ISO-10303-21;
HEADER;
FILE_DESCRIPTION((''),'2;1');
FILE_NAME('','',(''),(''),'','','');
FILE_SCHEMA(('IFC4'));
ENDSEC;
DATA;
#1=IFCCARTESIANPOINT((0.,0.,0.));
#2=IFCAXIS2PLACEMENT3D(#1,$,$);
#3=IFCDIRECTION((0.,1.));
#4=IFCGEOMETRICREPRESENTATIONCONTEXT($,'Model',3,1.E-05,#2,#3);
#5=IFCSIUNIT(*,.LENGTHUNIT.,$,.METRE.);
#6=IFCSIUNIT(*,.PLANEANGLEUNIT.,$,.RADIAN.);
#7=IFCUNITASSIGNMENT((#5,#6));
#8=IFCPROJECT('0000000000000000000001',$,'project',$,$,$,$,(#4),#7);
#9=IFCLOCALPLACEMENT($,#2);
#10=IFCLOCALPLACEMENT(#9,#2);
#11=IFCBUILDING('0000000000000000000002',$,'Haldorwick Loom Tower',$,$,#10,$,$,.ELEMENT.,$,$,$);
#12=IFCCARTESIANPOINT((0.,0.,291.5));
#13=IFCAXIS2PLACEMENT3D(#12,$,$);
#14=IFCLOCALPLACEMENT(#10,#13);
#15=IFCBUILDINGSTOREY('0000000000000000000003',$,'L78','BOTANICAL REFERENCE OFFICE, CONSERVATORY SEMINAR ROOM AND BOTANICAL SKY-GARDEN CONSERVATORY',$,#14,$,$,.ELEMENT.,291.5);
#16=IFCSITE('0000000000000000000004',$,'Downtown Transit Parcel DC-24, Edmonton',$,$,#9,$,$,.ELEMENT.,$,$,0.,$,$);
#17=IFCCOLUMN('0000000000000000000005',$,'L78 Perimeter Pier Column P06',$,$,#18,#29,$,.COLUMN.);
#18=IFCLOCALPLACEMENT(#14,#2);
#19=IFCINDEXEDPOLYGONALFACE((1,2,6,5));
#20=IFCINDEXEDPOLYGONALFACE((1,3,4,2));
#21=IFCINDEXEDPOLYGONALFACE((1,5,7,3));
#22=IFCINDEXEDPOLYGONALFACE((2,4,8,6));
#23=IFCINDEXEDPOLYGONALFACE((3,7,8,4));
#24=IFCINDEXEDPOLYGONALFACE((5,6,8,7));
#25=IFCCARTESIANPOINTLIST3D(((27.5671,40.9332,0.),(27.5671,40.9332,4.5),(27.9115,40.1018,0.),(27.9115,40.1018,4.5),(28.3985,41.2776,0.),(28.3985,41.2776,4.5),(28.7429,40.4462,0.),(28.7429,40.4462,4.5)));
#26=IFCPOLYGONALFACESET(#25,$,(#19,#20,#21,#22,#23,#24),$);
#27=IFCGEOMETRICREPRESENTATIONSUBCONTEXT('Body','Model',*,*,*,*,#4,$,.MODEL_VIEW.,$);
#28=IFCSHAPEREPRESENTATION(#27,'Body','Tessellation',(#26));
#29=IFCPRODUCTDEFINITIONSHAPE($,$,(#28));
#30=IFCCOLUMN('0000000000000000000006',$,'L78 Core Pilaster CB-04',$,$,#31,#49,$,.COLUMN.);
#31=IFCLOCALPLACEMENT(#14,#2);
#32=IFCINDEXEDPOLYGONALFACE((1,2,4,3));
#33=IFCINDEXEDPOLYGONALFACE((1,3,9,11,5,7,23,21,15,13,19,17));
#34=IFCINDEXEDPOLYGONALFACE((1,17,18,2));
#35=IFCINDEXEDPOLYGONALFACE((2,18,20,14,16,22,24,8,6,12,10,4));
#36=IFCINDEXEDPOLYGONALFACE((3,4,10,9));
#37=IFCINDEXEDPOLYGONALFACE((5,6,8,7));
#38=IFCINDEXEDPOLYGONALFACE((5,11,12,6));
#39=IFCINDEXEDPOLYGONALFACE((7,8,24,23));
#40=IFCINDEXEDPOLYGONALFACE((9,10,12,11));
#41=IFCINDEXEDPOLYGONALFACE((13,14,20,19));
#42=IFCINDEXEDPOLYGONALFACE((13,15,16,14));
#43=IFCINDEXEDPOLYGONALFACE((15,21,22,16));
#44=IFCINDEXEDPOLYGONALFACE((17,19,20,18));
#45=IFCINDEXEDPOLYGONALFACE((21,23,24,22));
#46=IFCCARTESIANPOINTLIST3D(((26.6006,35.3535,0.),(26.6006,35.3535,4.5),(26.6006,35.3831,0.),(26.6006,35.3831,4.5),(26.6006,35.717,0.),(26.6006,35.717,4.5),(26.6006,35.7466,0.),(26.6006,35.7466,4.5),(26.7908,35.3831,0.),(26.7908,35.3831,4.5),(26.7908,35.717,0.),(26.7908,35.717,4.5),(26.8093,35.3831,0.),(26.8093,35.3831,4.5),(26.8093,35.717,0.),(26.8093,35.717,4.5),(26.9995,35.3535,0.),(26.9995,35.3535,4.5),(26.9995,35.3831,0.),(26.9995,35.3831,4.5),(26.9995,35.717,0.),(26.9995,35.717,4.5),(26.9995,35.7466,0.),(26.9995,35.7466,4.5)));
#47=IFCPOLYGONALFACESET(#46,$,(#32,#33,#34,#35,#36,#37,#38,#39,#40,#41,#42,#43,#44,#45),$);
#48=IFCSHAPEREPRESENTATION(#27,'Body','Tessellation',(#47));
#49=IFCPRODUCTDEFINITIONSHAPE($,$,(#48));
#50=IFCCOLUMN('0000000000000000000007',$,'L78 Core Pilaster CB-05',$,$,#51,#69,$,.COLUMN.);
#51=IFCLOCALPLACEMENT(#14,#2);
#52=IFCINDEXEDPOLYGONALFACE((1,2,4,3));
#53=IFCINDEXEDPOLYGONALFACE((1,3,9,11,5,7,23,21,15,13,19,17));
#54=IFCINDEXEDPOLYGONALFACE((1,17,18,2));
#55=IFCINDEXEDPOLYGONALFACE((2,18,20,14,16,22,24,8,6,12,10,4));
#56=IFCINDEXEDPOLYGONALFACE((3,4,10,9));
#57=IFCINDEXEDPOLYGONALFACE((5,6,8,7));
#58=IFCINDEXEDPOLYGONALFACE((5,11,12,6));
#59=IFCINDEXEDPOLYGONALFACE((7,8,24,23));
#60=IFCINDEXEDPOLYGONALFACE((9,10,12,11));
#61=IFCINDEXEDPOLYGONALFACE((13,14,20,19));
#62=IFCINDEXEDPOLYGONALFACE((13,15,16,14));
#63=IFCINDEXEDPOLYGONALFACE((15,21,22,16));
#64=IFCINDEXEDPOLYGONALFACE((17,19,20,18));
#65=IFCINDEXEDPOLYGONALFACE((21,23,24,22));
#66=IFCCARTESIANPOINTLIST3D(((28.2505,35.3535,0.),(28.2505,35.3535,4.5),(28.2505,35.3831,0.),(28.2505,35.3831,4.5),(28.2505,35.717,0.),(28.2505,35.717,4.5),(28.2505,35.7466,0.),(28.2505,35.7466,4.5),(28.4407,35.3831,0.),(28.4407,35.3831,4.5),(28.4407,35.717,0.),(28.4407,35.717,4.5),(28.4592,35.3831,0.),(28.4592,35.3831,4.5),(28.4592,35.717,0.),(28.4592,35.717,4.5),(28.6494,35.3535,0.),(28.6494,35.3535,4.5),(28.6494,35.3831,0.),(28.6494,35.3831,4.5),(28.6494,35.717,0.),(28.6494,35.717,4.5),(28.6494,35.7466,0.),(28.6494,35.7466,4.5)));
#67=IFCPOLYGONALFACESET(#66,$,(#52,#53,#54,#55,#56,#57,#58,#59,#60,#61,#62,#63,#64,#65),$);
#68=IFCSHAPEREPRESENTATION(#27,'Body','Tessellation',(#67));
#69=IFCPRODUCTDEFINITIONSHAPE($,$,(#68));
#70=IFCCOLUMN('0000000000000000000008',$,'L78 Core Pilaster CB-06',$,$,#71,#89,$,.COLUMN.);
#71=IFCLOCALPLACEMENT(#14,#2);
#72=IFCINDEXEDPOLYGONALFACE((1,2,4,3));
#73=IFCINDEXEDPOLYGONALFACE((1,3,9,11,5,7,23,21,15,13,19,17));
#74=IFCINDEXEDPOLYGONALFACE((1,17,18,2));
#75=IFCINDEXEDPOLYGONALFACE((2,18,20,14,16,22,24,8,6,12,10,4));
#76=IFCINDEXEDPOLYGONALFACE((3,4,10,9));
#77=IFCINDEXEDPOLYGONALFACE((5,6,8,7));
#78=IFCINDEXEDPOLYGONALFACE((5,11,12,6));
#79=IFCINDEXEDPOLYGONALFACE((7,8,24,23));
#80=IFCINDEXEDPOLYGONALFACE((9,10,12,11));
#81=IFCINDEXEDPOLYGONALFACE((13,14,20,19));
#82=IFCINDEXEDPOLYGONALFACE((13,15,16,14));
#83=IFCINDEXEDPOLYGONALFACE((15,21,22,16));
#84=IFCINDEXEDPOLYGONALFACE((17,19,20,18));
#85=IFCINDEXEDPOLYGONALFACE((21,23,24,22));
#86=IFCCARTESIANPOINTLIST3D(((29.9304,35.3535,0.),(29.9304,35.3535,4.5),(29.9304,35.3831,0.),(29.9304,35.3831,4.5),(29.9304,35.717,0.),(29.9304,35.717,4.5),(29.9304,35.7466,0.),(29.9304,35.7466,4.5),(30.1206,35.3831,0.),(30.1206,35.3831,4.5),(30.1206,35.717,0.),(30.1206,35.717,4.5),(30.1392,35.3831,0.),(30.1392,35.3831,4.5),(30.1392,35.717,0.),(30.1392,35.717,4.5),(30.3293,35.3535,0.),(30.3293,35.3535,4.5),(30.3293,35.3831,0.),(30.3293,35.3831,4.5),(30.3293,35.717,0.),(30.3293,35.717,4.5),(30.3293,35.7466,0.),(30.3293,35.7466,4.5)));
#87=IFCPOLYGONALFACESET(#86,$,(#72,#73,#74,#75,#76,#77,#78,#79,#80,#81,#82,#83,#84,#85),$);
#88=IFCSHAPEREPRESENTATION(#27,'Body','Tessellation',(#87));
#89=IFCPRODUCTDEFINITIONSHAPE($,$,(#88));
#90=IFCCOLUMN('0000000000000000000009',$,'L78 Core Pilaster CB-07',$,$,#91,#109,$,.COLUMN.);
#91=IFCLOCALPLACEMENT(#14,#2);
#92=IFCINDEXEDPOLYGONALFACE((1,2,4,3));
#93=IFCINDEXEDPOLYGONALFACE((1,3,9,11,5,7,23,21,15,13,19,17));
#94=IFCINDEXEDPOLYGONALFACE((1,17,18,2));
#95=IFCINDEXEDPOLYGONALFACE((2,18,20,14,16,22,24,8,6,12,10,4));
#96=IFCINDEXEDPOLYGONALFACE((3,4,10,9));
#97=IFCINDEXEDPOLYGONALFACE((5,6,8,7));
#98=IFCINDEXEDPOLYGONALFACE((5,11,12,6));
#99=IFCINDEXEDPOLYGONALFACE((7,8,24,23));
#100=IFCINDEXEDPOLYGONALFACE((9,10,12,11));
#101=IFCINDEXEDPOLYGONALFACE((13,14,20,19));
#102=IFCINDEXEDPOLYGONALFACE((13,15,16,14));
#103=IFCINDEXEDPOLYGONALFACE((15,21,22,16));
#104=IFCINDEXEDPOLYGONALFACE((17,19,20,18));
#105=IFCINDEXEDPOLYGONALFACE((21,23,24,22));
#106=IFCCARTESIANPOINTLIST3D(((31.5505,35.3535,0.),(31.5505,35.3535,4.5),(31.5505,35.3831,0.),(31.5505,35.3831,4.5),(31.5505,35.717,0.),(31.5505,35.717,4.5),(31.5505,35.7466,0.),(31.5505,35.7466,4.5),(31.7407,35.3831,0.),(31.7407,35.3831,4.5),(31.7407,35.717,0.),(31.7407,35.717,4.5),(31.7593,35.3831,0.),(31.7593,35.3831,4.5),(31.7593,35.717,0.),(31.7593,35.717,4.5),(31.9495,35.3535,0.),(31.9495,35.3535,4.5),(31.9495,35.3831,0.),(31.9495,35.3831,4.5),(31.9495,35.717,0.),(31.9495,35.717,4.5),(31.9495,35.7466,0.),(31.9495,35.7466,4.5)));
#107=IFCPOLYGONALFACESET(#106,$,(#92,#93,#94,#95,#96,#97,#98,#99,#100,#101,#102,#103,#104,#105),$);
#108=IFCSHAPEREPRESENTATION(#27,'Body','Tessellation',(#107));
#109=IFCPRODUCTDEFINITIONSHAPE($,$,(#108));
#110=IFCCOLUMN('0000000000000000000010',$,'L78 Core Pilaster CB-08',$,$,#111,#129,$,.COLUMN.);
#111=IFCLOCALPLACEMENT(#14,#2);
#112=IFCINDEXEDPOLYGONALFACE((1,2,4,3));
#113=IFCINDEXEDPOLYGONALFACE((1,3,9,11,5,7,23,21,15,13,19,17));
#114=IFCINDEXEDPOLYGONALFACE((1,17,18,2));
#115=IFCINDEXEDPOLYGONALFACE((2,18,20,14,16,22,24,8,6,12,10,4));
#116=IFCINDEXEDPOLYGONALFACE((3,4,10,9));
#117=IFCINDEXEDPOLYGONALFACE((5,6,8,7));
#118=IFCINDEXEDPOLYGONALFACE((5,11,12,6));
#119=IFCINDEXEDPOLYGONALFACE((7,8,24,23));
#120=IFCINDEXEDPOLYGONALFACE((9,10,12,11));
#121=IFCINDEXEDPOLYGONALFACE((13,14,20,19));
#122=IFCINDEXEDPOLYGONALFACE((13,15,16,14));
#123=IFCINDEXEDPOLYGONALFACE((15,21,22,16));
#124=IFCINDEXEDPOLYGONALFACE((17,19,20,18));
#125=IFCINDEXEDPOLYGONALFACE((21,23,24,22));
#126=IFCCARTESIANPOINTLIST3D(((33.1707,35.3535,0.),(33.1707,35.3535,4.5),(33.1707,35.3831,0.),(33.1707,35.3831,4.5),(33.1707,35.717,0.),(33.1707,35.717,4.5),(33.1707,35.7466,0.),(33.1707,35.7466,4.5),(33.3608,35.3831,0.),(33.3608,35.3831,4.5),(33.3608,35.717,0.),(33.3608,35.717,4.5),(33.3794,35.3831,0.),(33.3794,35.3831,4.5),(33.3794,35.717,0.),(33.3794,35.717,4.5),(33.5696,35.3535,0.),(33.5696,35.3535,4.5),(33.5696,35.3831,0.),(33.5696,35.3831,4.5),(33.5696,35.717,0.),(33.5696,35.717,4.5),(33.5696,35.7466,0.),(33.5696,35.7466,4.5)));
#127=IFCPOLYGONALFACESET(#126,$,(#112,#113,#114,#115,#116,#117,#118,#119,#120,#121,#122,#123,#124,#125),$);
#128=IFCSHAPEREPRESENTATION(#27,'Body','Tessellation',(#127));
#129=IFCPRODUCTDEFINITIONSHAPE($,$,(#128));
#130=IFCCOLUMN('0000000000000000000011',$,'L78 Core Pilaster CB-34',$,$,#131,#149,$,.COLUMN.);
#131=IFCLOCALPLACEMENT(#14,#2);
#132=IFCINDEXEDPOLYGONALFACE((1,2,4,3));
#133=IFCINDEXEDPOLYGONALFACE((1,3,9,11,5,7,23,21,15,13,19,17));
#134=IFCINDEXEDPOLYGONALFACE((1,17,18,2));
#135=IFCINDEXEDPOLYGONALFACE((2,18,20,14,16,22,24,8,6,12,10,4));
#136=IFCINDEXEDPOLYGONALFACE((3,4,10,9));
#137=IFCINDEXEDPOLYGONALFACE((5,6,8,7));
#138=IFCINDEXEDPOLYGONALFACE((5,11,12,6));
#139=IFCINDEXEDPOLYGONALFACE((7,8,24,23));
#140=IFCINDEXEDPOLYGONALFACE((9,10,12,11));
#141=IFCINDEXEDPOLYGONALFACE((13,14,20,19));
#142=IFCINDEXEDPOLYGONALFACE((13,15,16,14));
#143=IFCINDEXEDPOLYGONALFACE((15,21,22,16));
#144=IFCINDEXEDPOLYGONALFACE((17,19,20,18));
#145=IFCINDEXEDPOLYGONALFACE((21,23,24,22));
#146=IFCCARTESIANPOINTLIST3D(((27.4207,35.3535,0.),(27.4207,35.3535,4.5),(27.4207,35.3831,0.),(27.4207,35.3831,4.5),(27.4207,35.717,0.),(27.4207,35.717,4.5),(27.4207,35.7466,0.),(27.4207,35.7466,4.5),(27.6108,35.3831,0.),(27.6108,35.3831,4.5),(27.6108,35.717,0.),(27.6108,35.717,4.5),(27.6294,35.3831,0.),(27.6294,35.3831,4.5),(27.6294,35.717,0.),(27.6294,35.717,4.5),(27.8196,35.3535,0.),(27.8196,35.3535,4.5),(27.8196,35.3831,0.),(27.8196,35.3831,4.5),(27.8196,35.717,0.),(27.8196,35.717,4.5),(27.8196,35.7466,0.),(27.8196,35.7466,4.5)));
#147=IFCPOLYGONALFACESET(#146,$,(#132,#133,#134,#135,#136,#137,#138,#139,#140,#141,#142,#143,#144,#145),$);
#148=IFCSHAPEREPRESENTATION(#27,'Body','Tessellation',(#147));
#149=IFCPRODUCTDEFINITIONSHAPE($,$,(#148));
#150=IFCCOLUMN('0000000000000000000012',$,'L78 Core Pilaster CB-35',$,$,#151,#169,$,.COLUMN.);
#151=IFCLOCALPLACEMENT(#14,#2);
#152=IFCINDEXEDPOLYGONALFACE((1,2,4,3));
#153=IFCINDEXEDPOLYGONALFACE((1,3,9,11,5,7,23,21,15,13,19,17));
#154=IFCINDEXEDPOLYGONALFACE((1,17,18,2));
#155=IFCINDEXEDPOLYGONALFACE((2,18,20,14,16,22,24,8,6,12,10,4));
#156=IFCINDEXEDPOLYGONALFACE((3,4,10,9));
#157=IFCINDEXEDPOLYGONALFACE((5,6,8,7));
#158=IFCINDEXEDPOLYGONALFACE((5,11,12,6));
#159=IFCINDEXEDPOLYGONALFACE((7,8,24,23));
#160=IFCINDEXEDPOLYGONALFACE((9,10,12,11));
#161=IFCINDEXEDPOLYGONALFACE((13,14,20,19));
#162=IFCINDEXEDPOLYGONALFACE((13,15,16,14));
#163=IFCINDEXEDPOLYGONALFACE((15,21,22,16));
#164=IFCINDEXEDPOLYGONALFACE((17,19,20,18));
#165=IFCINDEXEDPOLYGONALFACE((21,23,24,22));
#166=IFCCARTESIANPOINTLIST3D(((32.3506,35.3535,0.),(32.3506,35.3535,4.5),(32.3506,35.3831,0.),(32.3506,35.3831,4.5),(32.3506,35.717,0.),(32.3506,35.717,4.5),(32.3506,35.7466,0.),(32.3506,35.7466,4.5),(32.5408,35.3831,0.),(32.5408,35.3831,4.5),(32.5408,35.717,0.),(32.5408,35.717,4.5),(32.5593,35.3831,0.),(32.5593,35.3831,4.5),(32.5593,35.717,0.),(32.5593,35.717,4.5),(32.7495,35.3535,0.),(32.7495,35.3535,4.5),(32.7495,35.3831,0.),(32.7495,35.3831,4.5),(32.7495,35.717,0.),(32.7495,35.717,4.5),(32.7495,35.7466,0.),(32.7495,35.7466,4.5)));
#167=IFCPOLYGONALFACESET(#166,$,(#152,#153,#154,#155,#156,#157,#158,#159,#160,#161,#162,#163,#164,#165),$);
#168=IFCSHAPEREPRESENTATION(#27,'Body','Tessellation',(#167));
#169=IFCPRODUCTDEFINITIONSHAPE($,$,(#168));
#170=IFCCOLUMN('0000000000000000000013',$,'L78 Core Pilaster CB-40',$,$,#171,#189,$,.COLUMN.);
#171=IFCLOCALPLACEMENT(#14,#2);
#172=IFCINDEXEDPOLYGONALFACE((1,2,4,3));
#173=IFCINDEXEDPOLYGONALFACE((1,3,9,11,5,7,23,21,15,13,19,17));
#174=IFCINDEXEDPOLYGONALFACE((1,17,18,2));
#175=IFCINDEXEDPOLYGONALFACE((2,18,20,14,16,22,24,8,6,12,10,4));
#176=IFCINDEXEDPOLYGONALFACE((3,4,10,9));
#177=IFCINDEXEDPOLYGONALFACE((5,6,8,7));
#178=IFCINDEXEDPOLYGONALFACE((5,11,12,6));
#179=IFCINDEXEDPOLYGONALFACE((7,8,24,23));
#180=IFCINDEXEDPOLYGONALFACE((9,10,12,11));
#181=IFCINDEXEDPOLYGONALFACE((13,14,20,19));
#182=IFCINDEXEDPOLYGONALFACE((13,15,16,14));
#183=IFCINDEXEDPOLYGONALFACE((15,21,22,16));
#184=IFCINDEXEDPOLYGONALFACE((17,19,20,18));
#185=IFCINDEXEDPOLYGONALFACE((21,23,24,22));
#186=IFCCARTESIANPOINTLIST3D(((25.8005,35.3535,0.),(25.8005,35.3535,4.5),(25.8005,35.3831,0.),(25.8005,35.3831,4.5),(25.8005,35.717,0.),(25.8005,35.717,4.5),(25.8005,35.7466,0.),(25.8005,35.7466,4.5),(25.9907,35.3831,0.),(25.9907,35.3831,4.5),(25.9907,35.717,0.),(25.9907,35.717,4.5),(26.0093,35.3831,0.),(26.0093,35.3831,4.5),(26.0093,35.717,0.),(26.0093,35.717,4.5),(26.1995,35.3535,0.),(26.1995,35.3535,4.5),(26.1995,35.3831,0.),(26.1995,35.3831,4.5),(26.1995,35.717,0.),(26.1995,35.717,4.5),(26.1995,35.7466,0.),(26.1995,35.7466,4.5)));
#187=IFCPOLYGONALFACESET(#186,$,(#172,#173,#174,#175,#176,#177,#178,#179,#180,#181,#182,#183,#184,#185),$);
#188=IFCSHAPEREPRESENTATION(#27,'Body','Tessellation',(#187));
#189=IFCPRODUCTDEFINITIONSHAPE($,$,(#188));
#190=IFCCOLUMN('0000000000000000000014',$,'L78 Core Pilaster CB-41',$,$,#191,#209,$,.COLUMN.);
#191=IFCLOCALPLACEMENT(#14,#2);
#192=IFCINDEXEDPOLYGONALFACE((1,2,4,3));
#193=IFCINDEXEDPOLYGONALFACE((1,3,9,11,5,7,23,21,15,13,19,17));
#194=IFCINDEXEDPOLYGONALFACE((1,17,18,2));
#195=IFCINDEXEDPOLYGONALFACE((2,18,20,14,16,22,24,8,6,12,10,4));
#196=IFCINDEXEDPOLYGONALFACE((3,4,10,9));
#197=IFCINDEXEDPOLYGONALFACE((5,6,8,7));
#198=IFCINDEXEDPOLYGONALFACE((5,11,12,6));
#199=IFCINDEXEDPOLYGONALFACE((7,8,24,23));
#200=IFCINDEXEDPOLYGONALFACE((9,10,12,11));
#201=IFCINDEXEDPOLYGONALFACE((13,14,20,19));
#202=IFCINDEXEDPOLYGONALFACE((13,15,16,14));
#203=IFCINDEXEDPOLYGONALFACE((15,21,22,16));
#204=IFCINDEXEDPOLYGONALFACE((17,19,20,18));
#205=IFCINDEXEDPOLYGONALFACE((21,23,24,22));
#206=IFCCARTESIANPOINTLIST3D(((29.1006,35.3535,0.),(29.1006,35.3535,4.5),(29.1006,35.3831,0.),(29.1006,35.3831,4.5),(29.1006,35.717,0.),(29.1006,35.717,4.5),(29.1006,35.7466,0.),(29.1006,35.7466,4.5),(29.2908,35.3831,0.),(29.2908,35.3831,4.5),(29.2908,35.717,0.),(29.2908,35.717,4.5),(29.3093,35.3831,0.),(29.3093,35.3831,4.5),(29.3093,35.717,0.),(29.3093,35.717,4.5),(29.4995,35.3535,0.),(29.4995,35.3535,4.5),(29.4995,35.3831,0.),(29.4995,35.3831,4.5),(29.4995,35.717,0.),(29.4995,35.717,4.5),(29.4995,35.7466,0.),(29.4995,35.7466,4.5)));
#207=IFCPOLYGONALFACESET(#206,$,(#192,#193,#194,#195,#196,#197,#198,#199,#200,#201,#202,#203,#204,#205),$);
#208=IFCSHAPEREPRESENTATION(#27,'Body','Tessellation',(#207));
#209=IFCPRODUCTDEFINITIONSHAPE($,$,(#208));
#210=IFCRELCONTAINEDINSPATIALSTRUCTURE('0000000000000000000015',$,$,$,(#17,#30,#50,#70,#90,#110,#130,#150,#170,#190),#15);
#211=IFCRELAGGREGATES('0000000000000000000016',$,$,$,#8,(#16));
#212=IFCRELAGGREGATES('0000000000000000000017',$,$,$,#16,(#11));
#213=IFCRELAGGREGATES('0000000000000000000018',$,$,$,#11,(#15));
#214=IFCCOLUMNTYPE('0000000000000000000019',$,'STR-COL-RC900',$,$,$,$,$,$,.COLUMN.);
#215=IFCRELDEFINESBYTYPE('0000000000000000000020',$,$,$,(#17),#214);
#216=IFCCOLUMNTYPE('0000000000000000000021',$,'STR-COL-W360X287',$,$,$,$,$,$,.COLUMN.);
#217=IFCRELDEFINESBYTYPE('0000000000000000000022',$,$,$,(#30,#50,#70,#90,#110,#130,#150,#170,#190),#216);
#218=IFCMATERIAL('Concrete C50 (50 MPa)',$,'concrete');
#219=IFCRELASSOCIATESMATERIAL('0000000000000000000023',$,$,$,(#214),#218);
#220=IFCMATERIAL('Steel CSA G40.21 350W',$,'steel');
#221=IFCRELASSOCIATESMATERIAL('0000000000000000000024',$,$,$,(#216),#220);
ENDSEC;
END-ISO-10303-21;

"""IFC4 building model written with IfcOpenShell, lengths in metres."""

from ifc_helpers import new_model, si_unit, direction, frame, origin, origin_2d, place, context, subcontext, project, spatial, rectangle, i_section, extrude, material, material_profile, profile_set, type_object, element, save


model = new_model("IFC4")

# Units and contexts
model_context = context("Model", 3, precision=1e-05, world=origin(), true_north=direction((0.0, 1.0)))
body_context = subcontext(model_context, "Body", "Model", "MODEL_VIEW")
ifc_project = project(units=[si_unit("LENGTHUNIT", "METRE"), si_unit("PLANEANGLEUNIT", "RADIAN")], contexts=[model_context])

# Site, building, storey
site_placement = place(None, origin())
site = spatial("IfcSite", under=ifc_project, at=site_placement, Name="Downtown Transit Parcel DC-24, Edmonton", CompositionType="ELEMENT", RefElevation=0.0)
building_placement = place(site_placement, origin())
building = spatial("IfcBuilding", under=site, at=building_placement, Name="Haldorwick Loom Tower", CompositionType="ELEMENT")
storey_placement = place(building_placement, frame((0.0, 0.0, 291.5)))
storey = spatial("IfcBuildingStorey", under=building, at=storey_placement, Name="L78", Description="BOTANICAL REFERENCE OFFICE, CONSERVATORY SEMINAR ROOM AND BOTANICAL SKY-GARDEN CONSERVATORY", CompositionType="ELEMENT", Elevation=291.5)

# Columns
ifc_material_1 = material(Name="Concrete C50 (50 MPa)", Category="concrete")
ifc_material_profile_1 = material_profile(ifc_material_1, rectangle(XDim=0.8999, YDim=0.8999, at=origin_2d()), Name="RC900X900", Category="concrete")
ifc_profile_set_1 = profile_set([ifc_material_profile_1], Name="Concrete C50 (50 MPa)")
column_type_1 = type_object("IfcColumnType", Name="STR-COL-RC900", PredefinedType="COLUMN", material=ifc_profile_set_1)
column_placement = place(storey_placement, frame((28.155, 40.6897, 0.0), z_axis=(0.0, 0.0, 1.0), x_axis=(-0.382683, 0.92388, 0.0)))
element("IfcColumn", 1, at=column_placement, inside=storey, type_object=column_type_1, Name="L78 Perimeter Pier Column P06", PredefinedType="COLUMN", context=body_context, shape_type="SweptSolid", body=[
    extrude(rectangle(XDim=0.8999, YDim=0.8999, at=origin_2d()), origin(), (0.0, 0.0, 1.0), 4.5),
])
ifc_material_2 = material(Name="Steel CSA G40.21 350W", Category="steel")
ifc_material_profile_2 = material_profile(ifc_material_2, i_section(OverallWidth=0.3989, OverallDepth=0.3931, WebThickness=0.0186, FlangeThickness=0.0295, at=origin_2d()), Name="W360X287", Category="steel")
ifc_profile_set_2 = profile_set([ifc_material_profile_2], Name="Steel CSA G40.21 350W")
column_type_2 = type_object("IfcColumnType", Name="STR-COL-W360X287", PredefinedType="COLUMN", material=ifc_profile_set_2)
for number, where, z_axis, x_axis, name in (
    (2, (26.8, 35.55, 0.0), (0.0, 0.0, 1.0), (1.0, 0.0, 0.0), "L78 Core Pilaster CB-04"),
    (3, (28.45, 35.55, 0.0), (0.0, 0.0, 1.0), (1.0, 0.0, 0.0), "L78 Core Pilaster CB-05"),
    (4, (30.1299, 35.55, 0.0), (0.0, 0.0, 1.0), (1.0, 0.0, 0.0), "L78 Core Pilaster CB-06"),
    (5, (31.75, 35.55, 0.0), (0.0, 0.0, 1.0), (1.0, 0.0, 0.0), "L78 Core Pilaster CB-07"),
    (6, (33.3701, 35.55, 0.0), (0.0, 0.0, 1.0), (1.0, 0.0, 0.0), "L78 Core Pilaster CB-08"),
    (7, (27.6201, 35.55, 0.0), (0.0, 0.0, 1.0), (1.0, 0.0, 0.0), "L78 Core Pilaster CB-34"),
    (8, (32.55, 35.55, 0.0), (0.0, 0.0, 1.0), (1.0, 0.0, 0.0), "L78 Core Pilaster CB-35"),
    (9, (26.0, 35.55, 0.0), (0.0, 0.0, 1.0), (1.0, 0.0, 0.0), "L78 Core Pilaster CB-40"),
    (10, (29.3, 35.55, 0.0), (0.0, 0.0, 1.0), (1.0, 0.0, 0.0), "L78 Core Pilaster CB-41"),
):
    element("IfcColumn", number, at=place(storey_placement, frame(where, z_axis=z_axis, x_axis=x_axis)), inside=storey, type_object=column_type_2, Name=name, PredefinedType="COLUMN", context=body_context, shape_type="SweptSolid", body=[
        extrude(i_section(OverallWidth=0.3989, OverallDepth=0.3931, WebThickness=0.0186, FlangeThickness=0.0295, at=origin_2d()), origin(), (0.0, 0.0, 1.0), 4.5),
    ])

save(model, "model.ifc")
